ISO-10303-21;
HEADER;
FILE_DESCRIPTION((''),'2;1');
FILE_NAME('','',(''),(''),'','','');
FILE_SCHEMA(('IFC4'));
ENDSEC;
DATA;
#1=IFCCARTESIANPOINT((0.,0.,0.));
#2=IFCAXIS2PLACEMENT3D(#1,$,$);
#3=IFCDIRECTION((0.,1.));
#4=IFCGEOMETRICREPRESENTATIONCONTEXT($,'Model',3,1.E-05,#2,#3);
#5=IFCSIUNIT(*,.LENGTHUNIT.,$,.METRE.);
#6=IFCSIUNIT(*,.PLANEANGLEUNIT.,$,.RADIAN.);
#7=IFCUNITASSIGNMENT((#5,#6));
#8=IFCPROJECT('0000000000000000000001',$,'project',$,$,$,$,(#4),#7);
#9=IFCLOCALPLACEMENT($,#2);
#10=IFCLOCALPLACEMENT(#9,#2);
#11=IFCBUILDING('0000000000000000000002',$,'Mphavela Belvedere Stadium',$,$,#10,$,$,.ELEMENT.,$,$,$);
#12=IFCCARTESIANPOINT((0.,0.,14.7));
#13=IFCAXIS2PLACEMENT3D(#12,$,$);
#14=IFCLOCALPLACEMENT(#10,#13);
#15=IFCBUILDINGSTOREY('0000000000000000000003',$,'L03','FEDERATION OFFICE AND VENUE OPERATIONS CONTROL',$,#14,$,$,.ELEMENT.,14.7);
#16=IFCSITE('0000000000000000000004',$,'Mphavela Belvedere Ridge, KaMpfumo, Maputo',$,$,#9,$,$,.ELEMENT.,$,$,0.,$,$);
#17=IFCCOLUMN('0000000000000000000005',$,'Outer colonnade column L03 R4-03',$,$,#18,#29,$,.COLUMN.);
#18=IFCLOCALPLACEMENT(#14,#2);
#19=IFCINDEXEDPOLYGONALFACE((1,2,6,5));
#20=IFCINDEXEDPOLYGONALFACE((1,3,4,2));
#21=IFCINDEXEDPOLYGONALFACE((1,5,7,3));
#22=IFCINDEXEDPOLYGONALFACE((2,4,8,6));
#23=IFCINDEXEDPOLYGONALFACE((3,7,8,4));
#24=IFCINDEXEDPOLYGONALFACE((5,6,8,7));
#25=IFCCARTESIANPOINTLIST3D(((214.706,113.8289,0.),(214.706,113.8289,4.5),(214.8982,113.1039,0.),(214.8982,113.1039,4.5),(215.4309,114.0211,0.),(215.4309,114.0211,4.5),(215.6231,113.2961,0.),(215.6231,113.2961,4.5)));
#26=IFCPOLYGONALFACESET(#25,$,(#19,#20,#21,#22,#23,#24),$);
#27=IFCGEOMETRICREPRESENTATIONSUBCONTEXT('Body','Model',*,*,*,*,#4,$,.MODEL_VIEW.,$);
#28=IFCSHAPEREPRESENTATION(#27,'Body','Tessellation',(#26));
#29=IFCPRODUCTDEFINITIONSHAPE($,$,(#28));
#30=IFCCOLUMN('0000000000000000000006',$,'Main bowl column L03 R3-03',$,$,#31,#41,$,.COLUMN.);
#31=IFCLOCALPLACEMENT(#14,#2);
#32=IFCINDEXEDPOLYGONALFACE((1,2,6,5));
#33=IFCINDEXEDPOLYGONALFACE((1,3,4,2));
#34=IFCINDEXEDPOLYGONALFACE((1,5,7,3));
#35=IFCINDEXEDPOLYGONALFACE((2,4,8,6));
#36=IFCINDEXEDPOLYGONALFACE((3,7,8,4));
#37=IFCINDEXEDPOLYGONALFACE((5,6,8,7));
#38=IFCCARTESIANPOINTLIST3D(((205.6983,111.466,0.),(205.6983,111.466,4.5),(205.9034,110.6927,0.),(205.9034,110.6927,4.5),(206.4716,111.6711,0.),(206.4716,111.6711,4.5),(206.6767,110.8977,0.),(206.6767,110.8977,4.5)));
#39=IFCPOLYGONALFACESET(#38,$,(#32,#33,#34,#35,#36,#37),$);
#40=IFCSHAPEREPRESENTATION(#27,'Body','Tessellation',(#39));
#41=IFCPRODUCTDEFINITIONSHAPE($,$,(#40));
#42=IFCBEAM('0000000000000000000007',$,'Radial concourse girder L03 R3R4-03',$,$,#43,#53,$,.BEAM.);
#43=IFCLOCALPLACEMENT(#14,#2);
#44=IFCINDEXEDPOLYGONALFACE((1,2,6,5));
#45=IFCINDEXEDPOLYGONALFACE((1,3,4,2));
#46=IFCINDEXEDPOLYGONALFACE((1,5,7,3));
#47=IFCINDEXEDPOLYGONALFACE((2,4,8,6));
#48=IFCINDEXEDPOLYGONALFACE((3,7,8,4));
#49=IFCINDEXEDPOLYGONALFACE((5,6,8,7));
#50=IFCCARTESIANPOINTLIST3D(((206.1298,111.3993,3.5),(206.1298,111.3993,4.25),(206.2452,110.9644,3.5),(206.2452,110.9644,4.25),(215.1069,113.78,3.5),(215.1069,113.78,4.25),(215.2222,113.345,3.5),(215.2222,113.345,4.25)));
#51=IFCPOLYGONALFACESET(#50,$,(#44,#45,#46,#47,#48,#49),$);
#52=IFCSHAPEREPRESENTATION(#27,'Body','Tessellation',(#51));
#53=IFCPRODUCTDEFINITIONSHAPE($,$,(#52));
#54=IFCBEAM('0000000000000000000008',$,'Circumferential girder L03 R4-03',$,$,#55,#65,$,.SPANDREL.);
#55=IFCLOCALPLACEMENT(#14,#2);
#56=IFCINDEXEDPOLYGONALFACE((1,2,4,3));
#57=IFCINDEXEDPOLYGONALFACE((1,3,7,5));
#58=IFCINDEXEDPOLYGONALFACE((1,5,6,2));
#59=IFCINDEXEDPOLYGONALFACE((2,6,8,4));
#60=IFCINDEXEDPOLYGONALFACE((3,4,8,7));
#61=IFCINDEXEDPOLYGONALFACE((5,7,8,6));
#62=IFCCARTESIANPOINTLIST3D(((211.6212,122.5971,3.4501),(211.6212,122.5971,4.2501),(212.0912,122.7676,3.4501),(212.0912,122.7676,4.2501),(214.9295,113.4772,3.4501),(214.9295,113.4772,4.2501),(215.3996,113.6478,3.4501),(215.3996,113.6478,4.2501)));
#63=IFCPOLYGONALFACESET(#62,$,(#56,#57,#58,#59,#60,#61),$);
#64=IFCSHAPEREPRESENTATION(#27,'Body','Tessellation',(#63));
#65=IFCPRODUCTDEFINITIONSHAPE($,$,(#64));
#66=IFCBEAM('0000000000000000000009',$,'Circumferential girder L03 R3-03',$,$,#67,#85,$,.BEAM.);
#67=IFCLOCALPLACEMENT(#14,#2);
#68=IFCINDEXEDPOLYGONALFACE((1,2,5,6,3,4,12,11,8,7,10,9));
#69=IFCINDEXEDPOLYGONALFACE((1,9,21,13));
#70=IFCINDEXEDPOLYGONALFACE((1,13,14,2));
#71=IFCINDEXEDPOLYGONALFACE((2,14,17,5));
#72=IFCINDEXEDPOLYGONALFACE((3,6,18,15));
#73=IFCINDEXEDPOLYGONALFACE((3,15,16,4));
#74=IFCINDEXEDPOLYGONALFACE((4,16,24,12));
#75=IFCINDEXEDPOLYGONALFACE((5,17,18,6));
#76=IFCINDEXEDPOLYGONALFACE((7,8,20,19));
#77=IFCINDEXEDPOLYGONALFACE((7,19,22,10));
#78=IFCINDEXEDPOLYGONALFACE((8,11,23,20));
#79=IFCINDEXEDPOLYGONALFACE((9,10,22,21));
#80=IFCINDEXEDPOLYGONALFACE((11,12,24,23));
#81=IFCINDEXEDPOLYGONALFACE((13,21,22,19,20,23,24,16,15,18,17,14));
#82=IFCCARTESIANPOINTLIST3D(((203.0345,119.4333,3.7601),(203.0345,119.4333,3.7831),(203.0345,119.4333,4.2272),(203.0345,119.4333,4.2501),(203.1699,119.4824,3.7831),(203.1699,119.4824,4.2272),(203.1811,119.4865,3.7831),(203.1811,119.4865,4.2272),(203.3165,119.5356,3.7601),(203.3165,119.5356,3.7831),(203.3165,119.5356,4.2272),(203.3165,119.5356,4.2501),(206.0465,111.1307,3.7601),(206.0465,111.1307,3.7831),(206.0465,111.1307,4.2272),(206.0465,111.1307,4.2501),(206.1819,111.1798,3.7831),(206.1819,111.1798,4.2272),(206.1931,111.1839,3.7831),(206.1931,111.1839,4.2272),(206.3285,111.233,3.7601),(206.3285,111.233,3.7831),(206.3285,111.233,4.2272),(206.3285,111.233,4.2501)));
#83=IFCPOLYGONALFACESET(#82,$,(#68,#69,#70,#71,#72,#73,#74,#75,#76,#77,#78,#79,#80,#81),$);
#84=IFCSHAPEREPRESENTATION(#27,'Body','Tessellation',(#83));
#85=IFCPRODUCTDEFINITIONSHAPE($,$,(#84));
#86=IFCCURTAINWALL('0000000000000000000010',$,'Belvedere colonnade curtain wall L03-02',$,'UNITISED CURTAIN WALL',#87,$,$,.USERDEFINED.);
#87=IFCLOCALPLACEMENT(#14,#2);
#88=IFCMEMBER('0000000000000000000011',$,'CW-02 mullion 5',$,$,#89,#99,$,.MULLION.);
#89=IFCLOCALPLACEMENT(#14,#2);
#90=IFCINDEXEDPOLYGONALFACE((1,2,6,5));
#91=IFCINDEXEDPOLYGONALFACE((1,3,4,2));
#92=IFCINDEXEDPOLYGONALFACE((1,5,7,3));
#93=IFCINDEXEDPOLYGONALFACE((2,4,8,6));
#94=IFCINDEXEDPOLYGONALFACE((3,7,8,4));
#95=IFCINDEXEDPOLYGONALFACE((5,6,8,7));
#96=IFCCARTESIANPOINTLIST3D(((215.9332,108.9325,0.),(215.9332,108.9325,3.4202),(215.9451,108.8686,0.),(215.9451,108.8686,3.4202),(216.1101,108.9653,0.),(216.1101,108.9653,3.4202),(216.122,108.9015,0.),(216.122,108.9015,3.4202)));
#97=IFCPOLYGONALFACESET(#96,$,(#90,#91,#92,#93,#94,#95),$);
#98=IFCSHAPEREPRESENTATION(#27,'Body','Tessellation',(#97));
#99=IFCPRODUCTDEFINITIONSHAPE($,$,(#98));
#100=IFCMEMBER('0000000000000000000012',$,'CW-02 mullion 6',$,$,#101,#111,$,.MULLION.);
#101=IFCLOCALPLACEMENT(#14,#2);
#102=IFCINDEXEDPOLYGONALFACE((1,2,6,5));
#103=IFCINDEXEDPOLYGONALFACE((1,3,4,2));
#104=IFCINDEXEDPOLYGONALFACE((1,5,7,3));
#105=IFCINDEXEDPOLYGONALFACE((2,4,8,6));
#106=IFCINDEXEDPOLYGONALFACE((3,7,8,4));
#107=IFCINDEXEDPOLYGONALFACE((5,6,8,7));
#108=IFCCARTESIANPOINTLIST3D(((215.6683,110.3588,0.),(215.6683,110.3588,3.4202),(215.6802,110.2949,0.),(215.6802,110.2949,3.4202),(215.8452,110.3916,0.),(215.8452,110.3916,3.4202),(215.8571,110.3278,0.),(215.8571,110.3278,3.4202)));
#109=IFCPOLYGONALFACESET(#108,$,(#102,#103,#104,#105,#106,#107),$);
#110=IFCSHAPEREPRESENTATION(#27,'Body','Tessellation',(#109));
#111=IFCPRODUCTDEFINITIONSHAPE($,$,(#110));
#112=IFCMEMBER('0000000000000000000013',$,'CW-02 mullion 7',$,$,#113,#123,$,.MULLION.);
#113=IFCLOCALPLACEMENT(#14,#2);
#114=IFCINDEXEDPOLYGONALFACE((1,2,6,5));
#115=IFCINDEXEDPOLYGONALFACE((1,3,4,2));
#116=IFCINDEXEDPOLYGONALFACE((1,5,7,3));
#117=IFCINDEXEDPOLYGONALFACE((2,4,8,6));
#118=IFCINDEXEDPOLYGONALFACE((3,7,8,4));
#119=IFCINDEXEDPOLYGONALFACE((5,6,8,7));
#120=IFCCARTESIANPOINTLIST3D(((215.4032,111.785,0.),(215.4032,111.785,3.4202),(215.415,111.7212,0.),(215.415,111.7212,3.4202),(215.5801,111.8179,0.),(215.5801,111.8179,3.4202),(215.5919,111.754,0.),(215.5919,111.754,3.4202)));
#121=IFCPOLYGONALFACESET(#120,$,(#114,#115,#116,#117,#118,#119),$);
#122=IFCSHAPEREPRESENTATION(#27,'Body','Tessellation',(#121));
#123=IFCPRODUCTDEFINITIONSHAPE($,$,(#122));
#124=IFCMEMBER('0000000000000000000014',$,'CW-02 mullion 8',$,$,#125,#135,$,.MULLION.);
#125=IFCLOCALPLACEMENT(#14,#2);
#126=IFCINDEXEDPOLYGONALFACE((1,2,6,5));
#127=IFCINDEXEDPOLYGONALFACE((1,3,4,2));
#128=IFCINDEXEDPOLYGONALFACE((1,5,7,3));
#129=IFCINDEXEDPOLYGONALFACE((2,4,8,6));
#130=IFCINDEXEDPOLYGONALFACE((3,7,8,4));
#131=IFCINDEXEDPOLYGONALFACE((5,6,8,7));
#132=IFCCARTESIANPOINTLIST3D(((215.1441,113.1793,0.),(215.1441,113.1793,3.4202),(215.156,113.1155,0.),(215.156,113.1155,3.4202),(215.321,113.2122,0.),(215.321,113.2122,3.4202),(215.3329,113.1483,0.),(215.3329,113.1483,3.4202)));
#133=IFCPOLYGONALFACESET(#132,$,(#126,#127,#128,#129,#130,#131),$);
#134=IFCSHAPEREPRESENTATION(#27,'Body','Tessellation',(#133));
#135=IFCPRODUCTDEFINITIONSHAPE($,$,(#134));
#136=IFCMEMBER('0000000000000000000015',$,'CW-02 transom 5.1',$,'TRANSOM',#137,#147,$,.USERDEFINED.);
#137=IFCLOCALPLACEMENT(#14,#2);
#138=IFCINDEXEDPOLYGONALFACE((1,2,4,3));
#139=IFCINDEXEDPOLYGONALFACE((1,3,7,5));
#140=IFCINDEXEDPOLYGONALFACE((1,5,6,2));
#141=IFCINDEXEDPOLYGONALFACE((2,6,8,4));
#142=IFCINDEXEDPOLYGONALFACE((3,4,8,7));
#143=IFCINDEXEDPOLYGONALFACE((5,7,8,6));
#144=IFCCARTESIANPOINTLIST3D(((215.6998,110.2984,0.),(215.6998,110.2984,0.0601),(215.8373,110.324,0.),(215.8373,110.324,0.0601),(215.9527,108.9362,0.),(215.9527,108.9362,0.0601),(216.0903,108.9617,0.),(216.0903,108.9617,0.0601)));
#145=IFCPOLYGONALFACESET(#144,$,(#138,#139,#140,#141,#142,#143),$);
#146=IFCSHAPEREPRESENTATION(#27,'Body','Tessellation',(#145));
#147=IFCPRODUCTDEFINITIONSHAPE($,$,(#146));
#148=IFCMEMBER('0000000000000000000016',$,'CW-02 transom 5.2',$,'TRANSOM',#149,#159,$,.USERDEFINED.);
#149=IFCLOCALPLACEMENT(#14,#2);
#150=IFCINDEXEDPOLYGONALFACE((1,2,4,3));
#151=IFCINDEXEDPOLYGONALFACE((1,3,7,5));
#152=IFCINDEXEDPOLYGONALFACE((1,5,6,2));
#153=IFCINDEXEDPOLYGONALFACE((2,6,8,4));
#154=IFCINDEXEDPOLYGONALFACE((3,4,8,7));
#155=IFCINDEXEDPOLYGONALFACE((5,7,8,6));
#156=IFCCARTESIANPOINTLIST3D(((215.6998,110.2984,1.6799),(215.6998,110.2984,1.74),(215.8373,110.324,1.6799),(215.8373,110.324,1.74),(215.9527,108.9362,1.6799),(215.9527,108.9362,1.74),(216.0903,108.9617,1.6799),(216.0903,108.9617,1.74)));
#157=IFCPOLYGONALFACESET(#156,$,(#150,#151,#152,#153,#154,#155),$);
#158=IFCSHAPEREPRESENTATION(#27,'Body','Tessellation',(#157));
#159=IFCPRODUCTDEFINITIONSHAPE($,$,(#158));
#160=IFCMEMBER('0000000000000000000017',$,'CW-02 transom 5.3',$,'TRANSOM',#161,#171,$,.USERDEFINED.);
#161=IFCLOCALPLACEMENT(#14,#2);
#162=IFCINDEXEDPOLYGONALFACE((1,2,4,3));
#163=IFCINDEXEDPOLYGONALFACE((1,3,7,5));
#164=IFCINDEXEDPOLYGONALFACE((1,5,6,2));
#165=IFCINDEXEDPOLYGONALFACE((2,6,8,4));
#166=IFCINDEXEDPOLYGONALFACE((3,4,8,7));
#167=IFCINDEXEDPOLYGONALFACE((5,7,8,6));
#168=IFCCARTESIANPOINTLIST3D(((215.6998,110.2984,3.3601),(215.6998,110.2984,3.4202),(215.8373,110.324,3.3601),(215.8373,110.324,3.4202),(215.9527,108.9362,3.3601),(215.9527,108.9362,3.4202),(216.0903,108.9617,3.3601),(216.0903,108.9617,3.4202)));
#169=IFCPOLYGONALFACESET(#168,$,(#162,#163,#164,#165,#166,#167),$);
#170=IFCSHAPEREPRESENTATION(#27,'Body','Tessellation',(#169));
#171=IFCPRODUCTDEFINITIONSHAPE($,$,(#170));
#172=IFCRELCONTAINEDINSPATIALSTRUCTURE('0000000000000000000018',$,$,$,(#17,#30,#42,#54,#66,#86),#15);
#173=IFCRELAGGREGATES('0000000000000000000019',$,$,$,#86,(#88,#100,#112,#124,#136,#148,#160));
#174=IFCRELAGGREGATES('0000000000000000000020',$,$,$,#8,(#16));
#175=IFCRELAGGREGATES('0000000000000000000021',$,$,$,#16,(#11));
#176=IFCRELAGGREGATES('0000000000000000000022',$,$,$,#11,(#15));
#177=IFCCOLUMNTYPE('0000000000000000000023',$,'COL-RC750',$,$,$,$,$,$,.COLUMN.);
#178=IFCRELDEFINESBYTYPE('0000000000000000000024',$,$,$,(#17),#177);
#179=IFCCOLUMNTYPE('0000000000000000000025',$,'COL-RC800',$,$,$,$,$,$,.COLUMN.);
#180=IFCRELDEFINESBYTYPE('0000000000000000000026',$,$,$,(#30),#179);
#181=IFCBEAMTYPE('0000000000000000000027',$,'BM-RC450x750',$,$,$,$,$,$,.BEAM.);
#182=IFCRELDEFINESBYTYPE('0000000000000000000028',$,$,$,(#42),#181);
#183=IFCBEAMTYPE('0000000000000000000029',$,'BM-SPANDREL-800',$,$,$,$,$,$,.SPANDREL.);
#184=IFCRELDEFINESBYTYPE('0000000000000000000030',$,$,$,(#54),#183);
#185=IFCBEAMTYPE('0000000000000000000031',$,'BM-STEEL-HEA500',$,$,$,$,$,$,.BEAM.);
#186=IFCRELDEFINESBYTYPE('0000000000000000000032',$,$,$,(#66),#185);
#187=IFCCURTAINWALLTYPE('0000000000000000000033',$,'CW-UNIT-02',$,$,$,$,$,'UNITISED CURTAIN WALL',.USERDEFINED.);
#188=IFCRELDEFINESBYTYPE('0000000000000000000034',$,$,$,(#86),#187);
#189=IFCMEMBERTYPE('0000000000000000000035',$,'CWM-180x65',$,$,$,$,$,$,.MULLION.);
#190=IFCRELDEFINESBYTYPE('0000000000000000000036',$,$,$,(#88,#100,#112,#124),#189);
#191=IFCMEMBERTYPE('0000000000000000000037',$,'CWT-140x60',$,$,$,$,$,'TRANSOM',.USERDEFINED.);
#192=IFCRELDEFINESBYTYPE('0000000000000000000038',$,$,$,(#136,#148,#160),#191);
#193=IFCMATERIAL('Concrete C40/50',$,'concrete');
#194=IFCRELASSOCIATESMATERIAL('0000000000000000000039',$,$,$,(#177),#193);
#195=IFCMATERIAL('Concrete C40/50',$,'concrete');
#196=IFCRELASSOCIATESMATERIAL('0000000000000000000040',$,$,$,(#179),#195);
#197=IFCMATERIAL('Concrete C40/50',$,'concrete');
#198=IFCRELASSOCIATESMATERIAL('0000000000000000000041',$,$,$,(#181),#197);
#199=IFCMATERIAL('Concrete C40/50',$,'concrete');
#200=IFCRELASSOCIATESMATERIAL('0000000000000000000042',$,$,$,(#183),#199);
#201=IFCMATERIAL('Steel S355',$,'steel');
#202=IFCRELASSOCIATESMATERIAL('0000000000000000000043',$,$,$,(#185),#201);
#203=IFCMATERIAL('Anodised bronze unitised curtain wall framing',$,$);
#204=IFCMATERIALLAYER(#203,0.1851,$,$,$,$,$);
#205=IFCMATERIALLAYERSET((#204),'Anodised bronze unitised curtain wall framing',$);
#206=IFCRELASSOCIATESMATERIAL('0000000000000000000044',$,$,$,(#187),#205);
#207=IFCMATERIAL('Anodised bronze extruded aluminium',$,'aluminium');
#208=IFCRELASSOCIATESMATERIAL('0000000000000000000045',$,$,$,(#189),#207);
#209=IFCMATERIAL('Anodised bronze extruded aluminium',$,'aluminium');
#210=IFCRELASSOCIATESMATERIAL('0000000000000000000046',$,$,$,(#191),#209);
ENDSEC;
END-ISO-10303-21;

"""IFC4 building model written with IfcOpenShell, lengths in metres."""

from ifc_helpers import new_model, si_unit, direction, frame, origin, origin_2d, place, context, subcontext, project, spatial, rectangle, i_section, extrude, material, layer, layer_set, material_profile, profile_set, type_object, element, aggregate, save


model = new_model("IFC4")

# Units and contexts
model_context = context("Model", 3, precision=1e-05, world=origin(), true_north=direction((0.0, 1.0)))
body_context = subcontext(model_context, "Body", "Model", "MODEL_VIEW")
ifc_project = project(units=[si_unit("LENGTHUNIT", "METRE"), si_unit("PLANEANGLEUNIT", "RADIAN")], contexts=[model_context])

# Site, building, storey
site_placement = place(None, origin())
site = spatial("IfcSite", under=ifc_project, at=site_placement, Name="Mphavela Belvedere Ridge, KaMpfumo, Maputo", CompositionType="ELEMENT", RefElevation=0.0)
building_placement = place(site_placement, origin())
building = spatial("IfcBuilding", under=site, at=building_placement, Name="Mphavela Belvedere Stadium", CompositionType="ELEMENT")
storey_placement = place(building_placement, frame((0.0, 0.0, 14.7)))
storey = spatial("IfcBuildingStorey", under=building, at=storey_placement, Name="L03", Description="FEDERATION OFFICE AND VENUE OPERATIONS CONTROL", CompositionType="ELEMENT", Elevation=14.7)

# Columns
ifc_material_1 = material(Name="Concrete C40/50", Category="concrete")
ifc_material_profile_1 = material_profile(ifc_material_1, rectangle(XDim=0.75, YDim=0.75, at=origin_2d()), Name="RC 750x750")
ifc_profile_set_1 = profile_set([ifc_material_profile_1], Name="Concrete C40/50")
column_type_1 = type_object("IfcColumnType", Name="COL-RC750", PredefinedType="COLUMN", material=ifc_profile_set_1)
column_1_placement = place(storey_placement, frame((215.1646, 113.5625, 0.0), z_axis=(0.0, 0.0, 1.0), x_axis=(0.9666, 0.256289, 0.0)))
element("IfcColumn", 1, at=column_1_placement, inside=storey, type_object=column_type_1, Name="Outer colonnade column L03 R4-03", PredefinedType="COLUMN", context=body_context, shape_type="SweptSolid", body=[
    extrude(rectangle(XDim=0.75, YDim=0.75, at=origin_2d()), origin(), (0.0, 0.0, 1.0), 4.5),
])
ifc_material_2 = material(Name="Concrete C40/50", Category="concrete")
ifc_material_profile_2 = material_profile(ifc_material_2, rectangle(XDim=0.8, YDim=0.8, at=origin_2d()), Name="RC 800x800")
ifc_profile_set_2 = profile_set([ifc_material_profile_2], Name="Concrete C40/50")
column_type_2 = type_object("IfcColumnType", Name="COL-RC800", PredefinedType="COLUMN", material=ifc_profile_set_2)
column_2_placement = place(storey_placement, frame((206.1875, 111.1819, 0.0), z_axis=(0.0, 0.0, 1.0), x_axis=(0.9666, 0.256289, 0.0)))
element("IfcColumn", 2, at=column_2_placement, inside=storey, type_object=column_type_2, Name="Main bowl column L03 R3-03", PredefinedType="COLUMN", context=body_context, shape_type="SweptSolid", body=[
    extrude(rectangle(XDim=0.8, YDim=0.8, at=origin_2d()), origin(), (0.0, 0.0, 1.0), 4.5),
])

# Beams
ifc_material_3 = material(Name="Concrete C40/50", Category="concrete")
ifc_material_profile_3 = material_profile(ifc_material_3, rectangle(XDim=0.45, YDim=0.75, at=origin_2d()), Name="RC 450x750")
ifc_profile_set_3 = profile_set([ifc_material_profile_3], Name="Concrete C40/50")
beam_type_1 = type_object("IfcBeamType", Name="BM-RC450x750", PredefinedType="BEAM", material=ifc_profile_set_3)
beam_1_placement = place(storey_placement, frame((206.1875, 111.1819, 3.875), z_axis=(0.96659, 0.256329, 0.0), x_axis=(-0.256329, 0.96659, 0.0)))
element("IfcBeam", 3, at=beam_1_placement, inside=storey, type_object=beam_type_1, Name="Radial concourse girder L03 R3R4-03", PredefinedType="BEAM", context=body_context, shape_type="SweptSolid", body=[
    extrude(rectangle(XDim=0.45, YDim=0.75, at=origin_2d()), origin(), (0.0, 0.0, 1.0), 9.2874),
])
ifc_material_4 = material(Name="Concrete C40/50", Category="concrete")
ifc_material_profile_4 = material_profile(ifc_material_4, rectangle(XDim=0.5, YDim=0.8, at=origin_2d()), Name="RC 500x800")
ifc_profile_set_4 = profile_set([ifc_material_profile_4], Name="Concrete C40/50")
beam_type_2 = type_object("IfcBeamType", Name="BM-SPANDREL-800", PredefinedType="SPANDREL", material=ifc_profile_set_4)
beam_2_placement = place(storey_placement, frame((215.1646, 113.5625, 3.8501), z_axis=(-0.341018, 0.940057, 0.0), x_axis=(-0.940057, -0.341018, 0.0)))
element("IfcBeam", 4, at=beam_2_placement, inside=storey, type_object=beam_type_2, Name="Circumferential girder L03 R4-03", PredefinedType="SPANDREL", context=body_context, shape_type="SweptSolid", body=[
    extrude(rectangle(XDim=0.5, YDim=0.8, at=origin_2d()), origin(), (0.0, 0.0, 1.0), 9.7014),
])
ifc_material_5 = material(Name="Steel S355", Category="steel")
ifc_material_profile_5 = material_profile(ifc_material_5, i_section(OverallWidth=0.3, OverallDepth=0.49, WebThickness=0.012, FlangeThickness=0.0229, at=origin_2d()), Name="HEA 500")
ifc_profile_set_5 = profile_set([ifc_material_profile_5], Name="Steel S355")
beam_type_3 = type_object("IfcBeamType", Name="BM-STEEL-HEA500", PredefinedType="BEAM", material=ifc_profile_set_5)
beam_3_placement = place(storey_placement, frame((206.1875, 111.1819, 4.0051), z_axis=(-0.341031, 0.940052, 0.0), x_axis=(-0.940052, -0.341031, 0.0)))
element("IfcBeam", 5, at=beam_3_placement, inside=storey, type_object=beam_type_3, Name="Circumferential girder L03 R3-03", PredefinedType="BEAM", context=body_context, shape_type="SweptSolid", body=[
    extrude(i_section(OverallWidth=0.3, OverallDepth=0.49, WebThickness=0.012, FlangeThickness=0.0229, at=origin_2d()), origin(), (0.0, 0.0, 1.0), 8.832),
])

# Curtain wall, members
ifc_material_6 = material(Name="Anodised bronze unitised curtain wall framing")
ifc_layer_1 = layer(ifc_material_6, 0.1851)
ifc_layer_set_1 = layer_set([ifc_layer_1], Name="Anodised bronze unitised curtain wall framing")
curtain_wall_type = type_object("IfcCurtainWallType", Name="CW-UNIT-02", ElementType="UNITISED CURTAIN WALL", PredefinedType="USERDEFINED", material=ifc_layer_set_1)
curtain_wall_placement = place(storey_placement, origin())
curtain_wall = element("IfcCurtainWall", 6, at=curtain_wall_placement, inside=storey, type_object=curtain_wall_type, Name="Belvedere colonnade curtain wall L03-02", ObjectType="UNITISED CURTAIN WALL", PredefinedType="USERDEFINED")
ifc_material_7 = material(Name="Anodised bronze extruded aluminium", Category="aluminium")
ifc_material_profile_6 = material_profile(ifc_material_7, rectangle(XDim=0.1799, YDim=0.0649, at=origin_2d()), Name="CW-MUL 180x65")
ifc_profile_set_6 = profile_set([ifc_material_profile_6], Name="Anodised bronze extruded aluminium")
member_type_1 = type_object("IfcMemberType", Name="CWM-180x65", PredefinedType="MULLION", material=ifc_profile_set_6)
member_1_placement = place(storey_placement, frame((216.0276, 108.917, 0.0), z_axis=(0.0, 0.0, 1.0), x_axis=(-0.983181, -0.182631, 0.0)))
member_1 = element("IfcMember", 7, at=member_1_placement, type_object=member_type_1, Name="CW-02 mullion 5", PredefinedType="MULLION", context=body_context, shape_type="SweptSolid", body=[
    extrude(rectangle(XDim=0.1799, YDim=0.0649, at=origin_2d()), origin(), (0.0, 0.0, 1.0), 3.4202),
])
member_2_placement = place(storey_placement, frame((215.7627, 110.3433, 0.0), z_axis=(0.0, 0.0, 1.0), x_axis=(-0.983181, -0.182631, 0.0)))
member_2 = element("IfcMember", 8, at=member_2_placement, type_object=member_type_1, Name="CW-02 mullion 6", PredefinedType="MULLION", context=body_context, shape_type="SweptSolid", body=[
    extrude(rectangle(XDim=0.1799, YDim=0.0649, at=origin_2d()), origin(), (0.0, 0.0, 1.0), 3.4202),
])
member_3_placement = place(storey_placement, frame((215.4976, 111.7695, 0.0), z_axis=(0.0, 0.0, 1.0), x_axis=(-0.983181, -0.182631, 0.0)))
member_3 = element("IfcMember", 9, at=member_3_placement, type_object=member_type_1, Name="CW-02 mullion 7", PredefinedType="MULLION", context=body_context, shape_type="SweptSolid", body=[
    extrude(rectangle(XDim=0.1799, YDim=0.0649, at=origin_2d()), origin(), (0.0, 0.0, 1.0), 3.4202),
])
member_4_placement = place(storey_placement, frame((215.2385, 113.1638, 0.0), z_axis=(0.0, 0.0, 1.0), x_axis=(-0.983181, -0.182631, 0.0)))
member_4 = element("IfcMember", 10, at=member_4_placement, type_object=member_type_1, Name="CW-02 mullion 8", PredefinedType="MULLION", context=body_context, shape_type="SweptSolid", body=[
    extrude(rectangle(XDim=0.1799, YDim=0.0649, at=origin_2d()), origin(), (0.0, 0.0, 1.0), 3.4202),
])
ifc_material_8 = material(Name="Anodised bronze extruded aluminium", Category="aluminium")
ifc_material_profile_7 = material_profile(ifc_material_8, rectangle(XDim=0.1399, YDim=0.0601, at=origin_2d()), Name="CW-TRN 140x60")
ifc_profile_set_7 = profile_set([ifc_material_profile_7], Name="Anodised bronze extruded aluminium")
member_type_2 = type_object("IfcMemberType", Name="CWT-140x60", ElementType="TRANSOM", PredefinedType="USERDEFINED", material=ifc_profile_set_7)
member_5_placement = place(storey_placement, frame((216.0215, 108.949, 0.03), z_axis=(-0.182544, 0.983198, 0.0), x_axis=(-0.983198, -0.182544, 0.0)))
member_5 = element("IfcMember", 11, at=member_5_placement, type_object=member_type_2, Name="CW-02 transom 5.1", ObjectType="TRANSOM", PredefinedType="USERDEFINED", context=body_context, shape_type="SweptSolid", body=[
    extrude(rectangle(XDim=0.1399, YDim=0.0601, at=origin_2d()), origin(), (0.0, 0.0, 1.0), 1.3855),
])
member_6_placement = place(storey_placement, frame((216.0215, 108.949, 1.71), z_axis=(-0.182544, 0.983198, 0.0), x_axis=(-0.983198, -0.182544, 0.0)))
member_6 = element("IfcMember", 12, at=member_6_placement, type_object=member_type_2, Name="CW-02 transom 5.2", ObjectType="TRANSOM", PredefinedType="USERDEFINED", context=body_context, shape_type="SweptSolid", body=[
    extrude(rectangle(XDim=0.1399, YDim=0.0601, at=origin_2d()), origin(), (0.0, 0.0, 1.0), 1.3855),
])
member_7_placement = place(storey_placement, frame((216.0215, 108.949, 3.3901), z_axis=(-0.182544, 0.983198, 0.0), x_axis=(-0.983198, -0.182544, 0.0)))
member_7 = element("IfcMember", 13, at=member_7_placement, type_object=member_type_2, Name="CW-02 transom 5.3", ObjectType="TRANSOM", PredefinedType="USERDEFINED", context=body_context, shape_type="SweptSolid", body=[
    extrude(rectangle(XDim=0.1399, YDim=0.0601, at=origin_2d()), origin(), (0.0, 0.0, 1.0), 1.3855),
])
aggregate(curtain_wall, [member_1, member_2, member_3, member_4, member_5, member_6, member_7])

save(model, "model.ifc")
